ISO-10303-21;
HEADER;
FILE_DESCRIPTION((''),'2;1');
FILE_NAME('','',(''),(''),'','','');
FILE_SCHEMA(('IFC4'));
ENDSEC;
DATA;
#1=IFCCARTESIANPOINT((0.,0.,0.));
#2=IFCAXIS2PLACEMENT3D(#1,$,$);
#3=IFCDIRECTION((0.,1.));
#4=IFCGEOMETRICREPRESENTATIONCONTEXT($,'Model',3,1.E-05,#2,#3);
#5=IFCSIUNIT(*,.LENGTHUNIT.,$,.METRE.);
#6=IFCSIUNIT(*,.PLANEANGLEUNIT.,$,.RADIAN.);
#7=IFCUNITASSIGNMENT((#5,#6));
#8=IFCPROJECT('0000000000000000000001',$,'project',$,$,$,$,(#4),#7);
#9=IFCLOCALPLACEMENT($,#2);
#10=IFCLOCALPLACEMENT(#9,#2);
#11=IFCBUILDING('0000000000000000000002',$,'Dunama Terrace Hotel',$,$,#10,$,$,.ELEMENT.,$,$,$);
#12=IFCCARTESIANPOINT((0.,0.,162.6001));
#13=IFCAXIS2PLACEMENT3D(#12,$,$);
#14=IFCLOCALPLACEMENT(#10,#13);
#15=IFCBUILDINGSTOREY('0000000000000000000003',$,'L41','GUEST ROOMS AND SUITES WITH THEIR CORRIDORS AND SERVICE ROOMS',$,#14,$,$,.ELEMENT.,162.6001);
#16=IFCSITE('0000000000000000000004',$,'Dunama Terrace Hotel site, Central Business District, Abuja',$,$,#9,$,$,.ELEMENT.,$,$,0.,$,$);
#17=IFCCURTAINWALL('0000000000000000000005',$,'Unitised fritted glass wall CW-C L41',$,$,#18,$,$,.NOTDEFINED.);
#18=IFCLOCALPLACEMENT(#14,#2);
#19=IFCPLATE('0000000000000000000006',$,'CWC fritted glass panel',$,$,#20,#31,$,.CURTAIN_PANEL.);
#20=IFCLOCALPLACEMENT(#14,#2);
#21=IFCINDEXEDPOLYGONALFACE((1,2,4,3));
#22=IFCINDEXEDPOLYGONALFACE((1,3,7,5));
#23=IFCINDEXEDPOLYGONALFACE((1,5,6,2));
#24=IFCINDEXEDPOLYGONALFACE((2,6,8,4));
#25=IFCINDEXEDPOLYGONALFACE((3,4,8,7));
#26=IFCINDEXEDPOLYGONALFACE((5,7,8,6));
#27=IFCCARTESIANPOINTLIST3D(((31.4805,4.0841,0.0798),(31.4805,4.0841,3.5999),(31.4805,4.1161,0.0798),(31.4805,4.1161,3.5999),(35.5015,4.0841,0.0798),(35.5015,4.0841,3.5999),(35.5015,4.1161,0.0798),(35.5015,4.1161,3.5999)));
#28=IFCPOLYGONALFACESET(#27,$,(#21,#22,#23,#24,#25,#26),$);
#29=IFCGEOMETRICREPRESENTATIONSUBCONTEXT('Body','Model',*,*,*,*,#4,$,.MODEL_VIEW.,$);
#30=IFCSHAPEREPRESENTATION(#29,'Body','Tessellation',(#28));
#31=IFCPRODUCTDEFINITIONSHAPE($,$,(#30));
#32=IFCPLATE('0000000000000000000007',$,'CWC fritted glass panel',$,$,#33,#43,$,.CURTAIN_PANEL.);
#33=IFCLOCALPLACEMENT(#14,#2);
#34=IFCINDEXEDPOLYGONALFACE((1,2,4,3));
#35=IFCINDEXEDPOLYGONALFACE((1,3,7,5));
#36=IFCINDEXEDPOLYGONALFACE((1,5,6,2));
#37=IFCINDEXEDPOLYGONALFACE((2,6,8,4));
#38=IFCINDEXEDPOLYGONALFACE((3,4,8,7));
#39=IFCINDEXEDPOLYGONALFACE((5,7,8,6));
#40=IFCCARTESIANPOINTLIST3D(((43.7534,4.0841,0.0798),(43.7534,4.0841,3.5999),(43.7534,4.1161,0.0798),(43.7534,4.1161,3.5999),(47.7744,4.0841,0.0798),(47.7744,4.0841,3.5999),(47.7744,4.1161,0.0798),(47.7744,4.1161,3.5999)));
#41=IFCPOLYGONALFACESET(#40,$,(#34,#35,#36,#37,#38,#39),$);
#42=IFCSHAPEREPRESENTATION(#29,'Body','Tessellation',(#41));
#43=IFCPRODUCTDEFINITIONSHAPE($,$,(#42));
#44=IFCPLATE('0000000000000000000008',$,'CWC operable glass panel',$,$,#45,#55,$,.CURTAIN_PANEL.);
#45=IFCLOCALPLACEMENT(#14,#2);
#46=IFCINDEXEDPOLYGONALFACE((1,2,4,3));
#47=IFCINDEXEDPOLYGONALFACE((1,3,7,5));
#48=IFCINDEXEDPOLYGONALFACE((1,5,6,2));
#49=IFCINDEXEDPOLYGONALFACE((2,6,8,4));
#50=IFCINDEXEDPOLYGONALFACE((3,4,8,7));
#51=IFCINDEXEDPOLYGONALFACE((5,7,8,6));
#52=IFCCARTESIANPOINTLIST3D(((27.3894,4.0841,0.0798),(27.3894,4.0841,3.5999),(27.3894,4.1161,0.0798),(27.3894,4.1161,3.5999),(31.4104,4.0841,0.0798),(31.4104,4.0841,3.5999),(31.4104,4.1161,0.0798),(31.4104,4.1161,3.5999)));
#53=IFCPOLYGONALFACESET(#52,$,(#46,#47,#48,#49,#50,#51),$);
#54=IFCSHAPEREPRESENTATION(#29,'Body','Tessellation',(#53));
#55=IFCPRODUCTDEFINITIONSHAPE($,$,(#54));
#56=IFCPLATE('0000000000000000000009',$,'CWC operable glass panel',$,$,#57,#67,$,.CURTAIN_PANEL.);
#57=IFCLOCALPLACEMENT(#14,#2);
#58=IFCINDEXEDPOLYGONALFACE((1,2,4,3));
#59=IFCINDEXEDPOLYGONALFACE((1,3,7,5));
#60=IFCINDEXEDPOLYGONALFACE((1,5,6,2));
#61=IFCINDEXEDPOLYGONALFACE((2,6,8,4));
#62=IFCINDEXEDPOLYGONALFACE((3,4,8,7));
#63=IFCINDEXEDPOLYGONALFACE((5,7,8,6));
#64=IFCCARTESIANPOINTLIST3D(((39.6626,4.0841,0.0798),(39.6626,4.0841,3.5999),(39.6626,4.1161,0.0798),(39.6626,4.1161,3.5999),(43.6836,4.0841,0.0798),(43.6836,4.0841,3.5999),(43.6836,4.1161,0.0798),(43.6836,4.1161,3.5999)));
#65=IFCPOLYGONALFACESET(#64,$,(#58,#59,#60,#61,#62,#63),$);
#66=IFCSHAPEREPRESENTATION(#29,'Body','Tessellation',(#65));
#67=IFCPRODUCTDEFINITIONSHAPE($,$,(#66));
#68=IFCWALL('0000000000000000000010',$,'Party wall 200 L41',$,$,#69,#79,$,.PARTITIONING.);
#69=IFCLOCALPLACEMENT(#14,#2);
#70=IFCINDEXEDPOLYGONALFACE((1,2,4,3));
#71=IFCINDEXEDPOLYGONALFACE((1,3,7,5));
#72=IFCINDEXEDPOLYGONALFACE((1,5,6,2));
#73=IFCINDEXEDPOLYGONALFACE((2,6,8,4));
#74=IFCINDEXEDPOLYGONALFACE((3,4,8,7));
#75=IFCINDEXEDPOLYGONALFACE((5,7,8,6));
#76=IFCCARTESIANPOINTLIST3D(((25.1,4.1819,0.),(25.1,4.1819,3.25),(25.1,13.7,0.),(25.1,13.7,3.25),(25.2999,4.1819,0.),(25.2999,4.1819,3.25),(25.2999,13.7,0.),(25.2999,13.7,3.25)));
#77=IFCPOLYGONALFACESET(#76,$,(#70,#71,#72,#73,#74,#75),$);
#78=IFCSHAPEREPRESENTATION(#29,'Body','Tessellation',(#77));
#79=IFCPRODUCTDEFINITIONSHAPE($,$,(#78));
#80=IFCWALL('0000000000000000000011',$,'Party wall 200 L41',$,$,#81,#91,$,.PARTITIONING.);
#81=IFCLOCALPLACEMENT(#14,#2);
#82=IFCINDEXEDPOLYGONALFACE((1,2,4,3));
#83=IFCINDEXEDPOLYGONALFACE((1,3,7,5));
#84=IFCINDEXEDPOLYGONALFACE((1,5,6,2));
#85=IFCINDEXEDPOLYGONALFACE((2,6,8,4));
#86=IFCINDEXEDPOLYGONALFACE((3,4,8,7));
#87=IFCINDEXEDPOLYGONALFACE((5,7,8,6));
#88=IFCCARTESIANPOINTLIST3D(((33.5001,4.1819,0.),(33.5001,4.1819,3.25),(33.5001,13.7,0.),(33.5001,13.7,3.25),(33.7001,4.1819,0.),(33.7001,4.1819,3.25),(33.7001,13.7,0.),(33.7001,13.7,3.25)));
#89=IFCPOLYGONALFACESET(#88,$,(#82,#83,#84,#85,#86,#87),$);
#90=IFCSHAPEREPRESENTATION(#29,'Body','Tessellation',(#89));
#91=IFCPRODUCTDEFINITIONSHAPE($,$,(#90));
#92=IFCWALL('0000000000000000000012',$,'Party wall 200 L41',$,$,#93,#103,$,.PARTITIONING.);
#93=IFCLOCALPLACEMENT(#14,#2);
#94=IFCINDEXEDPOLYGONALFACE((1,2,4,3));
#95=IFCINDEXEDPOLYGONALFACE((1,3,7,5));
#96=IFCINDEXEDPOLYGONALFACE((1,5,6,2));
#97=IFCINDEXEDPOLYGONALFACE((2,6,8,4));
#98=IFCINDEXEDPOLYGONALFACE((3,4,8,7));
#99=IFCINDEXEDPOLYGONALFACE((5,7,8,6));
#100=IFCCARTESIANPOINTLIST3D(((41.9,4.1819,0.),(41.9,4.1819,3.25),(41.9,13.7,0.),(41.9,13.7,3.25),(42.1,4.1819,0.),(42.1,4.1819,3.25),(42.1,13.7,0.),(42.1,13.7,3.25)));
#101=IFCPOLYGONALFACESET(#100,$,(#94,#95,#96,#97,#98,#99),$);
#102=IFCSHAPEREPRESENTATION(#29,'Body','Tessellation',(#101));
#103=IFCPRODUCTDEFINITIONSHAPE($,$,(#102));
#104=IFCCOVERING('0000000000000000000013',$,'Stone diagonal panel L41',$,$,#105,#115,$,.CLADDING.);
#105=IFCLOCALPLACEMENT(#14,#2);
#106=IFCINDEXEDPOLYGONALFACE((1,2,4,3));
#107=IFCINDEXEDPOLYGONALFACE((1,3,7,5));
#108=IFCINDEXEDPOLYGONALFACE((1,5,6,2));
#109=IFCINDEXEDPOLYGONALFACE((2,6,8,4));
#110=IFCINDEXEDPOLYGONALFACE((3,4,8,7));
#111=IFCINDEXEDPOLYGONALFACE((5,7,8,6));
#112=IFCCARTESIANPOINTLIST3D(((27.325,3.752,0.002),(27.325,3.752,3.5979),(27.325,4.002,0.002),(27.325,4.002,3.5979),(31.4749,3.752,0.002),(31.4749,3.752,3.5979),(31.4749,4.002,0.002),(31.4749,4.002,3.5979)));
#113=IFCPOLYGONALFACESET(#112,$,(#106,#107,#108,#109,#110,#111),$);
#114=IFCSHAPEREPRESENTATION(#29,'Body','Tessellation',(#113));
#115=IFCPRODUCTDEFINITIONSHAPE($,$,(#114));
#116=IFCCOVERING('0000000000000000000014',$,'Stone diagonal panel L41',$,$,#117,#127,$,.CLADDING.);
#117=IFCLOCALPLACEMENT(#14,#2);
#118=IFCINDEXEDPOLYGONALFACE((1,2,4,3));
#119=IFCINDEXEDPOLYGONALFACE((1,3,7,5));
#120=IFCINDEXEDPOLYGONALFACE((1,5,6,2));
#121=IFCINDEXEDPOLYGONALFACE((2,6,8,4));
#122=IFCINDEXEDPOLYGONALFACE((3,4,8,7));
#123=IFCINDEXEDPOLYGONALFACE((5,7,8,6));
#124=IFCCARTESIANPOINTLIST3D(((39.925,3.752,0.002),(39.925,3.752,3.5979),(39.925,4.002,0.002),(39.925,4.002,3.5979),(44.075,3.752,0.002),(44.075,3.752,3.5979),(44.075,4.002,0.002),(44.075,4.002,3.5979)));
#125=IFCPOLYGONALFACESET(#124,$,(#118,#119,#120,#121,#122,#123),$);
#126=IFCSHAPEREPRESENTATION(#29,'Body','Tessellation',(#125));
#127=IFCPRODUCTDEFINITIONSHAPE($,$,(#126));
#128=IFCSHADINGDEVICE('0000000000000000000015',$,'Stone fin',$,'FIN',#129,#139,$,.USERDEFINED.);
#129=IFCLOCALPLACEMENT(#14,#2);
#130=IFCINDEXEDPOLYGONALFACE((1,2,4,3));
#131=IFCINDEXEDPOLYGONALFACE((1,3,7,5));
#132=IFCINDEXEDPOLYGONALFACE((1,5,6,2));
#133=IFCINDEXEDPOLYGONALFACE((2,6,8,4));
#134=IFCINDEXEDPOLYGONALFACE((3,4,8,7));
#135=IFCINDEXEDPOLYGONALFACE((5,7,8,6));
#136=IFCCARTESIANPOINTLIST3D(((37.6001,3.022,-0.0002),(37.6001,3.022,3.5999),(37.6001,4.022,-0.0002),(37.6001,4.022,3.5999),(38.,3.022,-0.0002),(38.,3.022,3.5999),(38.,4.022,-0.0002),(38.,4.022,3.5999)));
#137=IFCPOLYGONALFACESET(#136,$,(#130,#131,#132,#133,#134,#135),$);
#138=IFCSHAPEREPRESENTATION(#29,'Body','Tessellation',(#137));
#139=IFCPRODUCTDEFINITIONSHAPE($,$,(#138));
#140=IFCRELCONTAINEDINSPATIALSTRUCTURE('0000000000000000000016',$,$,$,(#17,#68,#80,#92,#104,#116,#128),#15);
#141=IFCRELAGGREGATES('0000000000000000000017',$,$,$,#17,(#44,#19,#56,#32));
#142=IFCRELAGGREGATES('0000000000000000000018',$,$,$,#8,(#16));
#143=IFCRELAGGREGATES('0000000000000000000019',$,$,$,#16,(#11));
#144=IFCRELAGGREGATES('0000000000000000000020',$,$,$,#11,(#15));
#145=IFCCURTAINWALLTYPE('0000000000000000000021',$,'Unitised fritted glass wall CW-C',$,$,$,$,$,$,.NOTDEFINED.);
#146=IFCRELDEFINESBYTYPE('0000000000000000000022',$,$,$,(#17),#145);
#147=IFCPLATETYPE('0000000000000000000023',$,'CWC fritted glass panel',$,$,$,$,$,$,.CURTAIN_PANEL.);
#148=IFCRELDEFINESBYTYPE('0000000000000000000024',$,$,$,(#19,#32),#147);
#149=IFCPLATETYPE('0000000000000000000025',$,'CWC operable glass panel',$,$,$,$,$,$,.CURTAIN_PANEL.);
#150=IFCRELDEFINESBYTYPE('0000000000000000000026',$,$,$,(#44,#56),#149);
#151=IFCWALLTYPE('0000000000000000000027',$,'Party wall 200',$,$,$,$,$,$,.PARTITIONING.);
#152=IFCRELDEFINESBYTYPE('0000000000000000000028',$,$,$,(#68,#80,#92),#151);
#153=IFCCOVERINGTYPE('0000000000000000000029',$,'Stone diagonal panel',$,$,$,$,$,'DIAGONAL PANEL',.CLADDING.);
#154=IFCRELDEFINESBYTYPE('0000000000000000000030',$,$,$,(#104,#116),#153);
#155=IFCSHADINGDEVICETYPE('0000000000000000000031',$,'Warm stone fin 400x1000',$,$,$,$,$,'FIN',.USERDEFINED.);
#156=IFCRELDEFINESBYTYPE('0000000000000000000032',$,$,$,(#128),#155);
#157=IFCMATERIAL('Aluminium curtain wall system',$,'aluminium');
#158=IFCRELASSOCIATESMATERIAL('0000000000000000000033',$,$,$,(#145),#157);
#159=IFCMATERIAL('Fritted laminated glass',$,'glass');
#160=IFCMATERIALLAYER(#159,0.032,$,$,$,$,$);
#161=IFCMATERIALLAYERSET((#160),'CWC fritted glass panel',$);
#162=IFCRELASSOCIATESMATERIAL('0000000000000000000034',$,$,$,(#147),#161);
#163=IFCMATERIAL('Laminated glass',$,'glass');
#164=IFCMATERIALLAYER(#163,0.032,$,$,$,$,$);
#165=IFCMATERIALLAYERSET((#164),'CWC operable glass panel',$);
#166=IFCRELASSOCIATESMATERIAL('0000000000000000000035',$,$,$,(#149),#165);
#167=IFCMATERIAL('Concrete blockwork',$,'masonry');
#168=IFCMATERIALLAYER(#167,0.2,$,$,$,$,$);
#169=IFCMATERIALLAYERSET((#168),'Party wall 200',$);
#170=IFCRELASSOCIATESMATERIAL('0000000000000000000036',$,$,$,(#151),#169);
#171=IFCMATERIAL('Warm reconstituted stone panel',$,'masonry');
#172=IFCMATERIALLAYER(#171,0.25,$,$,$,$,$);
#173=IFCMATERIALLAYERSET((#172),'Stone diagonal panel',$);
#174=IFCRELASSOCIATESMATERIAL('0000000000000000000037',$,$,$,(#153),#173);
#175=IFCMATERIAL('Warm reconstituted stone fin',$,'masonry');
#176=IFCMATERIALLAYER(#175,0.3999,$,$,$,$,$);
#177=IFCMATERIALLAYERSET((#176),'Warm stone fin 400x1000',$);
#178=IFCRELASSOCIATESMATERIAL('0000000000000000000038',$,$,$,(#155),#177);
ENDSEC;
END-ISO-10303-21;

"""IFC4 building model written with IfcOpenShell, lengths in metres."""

from ifc_helpers import new_model, si_unit, direction, frame, frame_2d, origin, origin_2d, place, context, subcontext, project, spatial, rectangle, extrude, material, layer, layer_set, type_object, element, aggregate, save


model = new_model("IFC4")

# Units and contexts
model_context = context("Model", 3, precision=1e-05, world=origin(), true_north=direction((0.0, 1.0)))
body_context = subcontext(model_context, "Body", "Model", "MODEL_VIEW")
ifc_project = project(units=[si_unit("LENGTHUNIT", "METRE"), si_unit("PLANEANGLEUNIT", "RADIAN")], contexts=[model_context])

# Site, building, storey
site_placement = place(None, origin())
site = spatial("IfcSite", under=ifc_project, at=site_placement, Name="Dunama Terrace Hotel site, Central Business District, Abuja", CompositionType="ELEMENT", RefElevation=0.0)
building_placement = place(site_placement, origin())
building = spatial("IfcBuilding", under=site, at=building_placement, Name="Dunama Terrace Hotel", CompositionType="ELEMENT")
storey_placement = place(building_placement, frame((0.0, 0.0, 162.6001)))
storey = spatial("IfcBuildingStorey", under=building, at=storey_placement, Name="L41", Description="GUEST ROOMS AND SUITES WITH THEIR CORRIDORS AND SERVICE ROOMS", CompositionType="ELEMENT", Elevation=162.6001)

# Curtain wall
ifc_material_1 = material(Name="Aluminium curtain wall system", Category="aluminium")
curtain_wall_type = type_object("IfcCurtainWallType", Name="Unitised fritted glass wall CW-C", PredefinedType="NOTDEFINED", material=ifc_material_1)
curtain_wall_placement = place(storey_placement, origin())
curtain_wall = element("IfcCurtainWall", 1, at=curtain_wall_placement, inside=storey, type_object=curtain_wall_type, Name="Unitised fritted glass wall CW-C L41", PredefinedType="NOTDEFINED")

# Plates
ifc_material_2 = material(Name="Fritted laminated glass", Category="glass")
ifc_layer_1 = layer(ifc_material_2, 0.032)
ifc_layer_set_1 = layer_set([ifc_layer_1], Name="CWC fritted glass panel")
plate_type_1 = type_object("IfcPlateType", Name="CWC fritted glass panel", PredefinedType="CURTAIN_PANEL", material=ifc_layer_set_1)
plate_1_placement = place(storey_placement, frame((33.491, 4.1001, 0.0798), z_axis=(0.0, 0.0, 1.0), x_axis=(1.0, 0.0, 0.0)))
plate_1 = element("IfcPlate", 2, at=plate_1_placement, type_object=plate_type_1, Name="CWC fritted glass panel", PredefinedType="CURTAIN_PANEL", context=body_context, shape_type="SweptSolid", body=[
    extrude(rectangle(XDim=4.021, YDim=0.032, at=origin_2d()), origin(), (0.0, 0.0, 1.0), 3.52),
])
plate_2_placement = place(storey_placement, frame((45.7639, 4.1001, 0.0798), z_axis=(0.0, 0.0, 1.0), x_axis=(1.0, 0.0, 0.0)))
plate_2 = element("IfcPlate", 3, at=plate_2_placement, type_object=plate_type_1, Name="CWC fritted glass panel", PredefinedType="CURTAIN_PANEL", context=body_context, shape_type="SweptSolid", body=[
    extrude(rectangle(XDim=4.021, YDim=0.032, at=origin_2d()), origin(), (0.0, 0.0, 1.0), 3.52),
])
ifc_material_3 = material(Name="Laminated glass", Category="glass")
ifc_layer_2 = layer(ifc_material_3, 0.032)
ifc_layer_set_2 = layer_set([ifc_layer_2], Name="CWC operable glass panel")
plate_type_2 = type_object("IfcPlateType", Name="CWC operable glass panel", PredefinedType="CURTAIN_PANEL", material=ifc_layer_set_2)
plate_3_placement = place(storey_placement, frame((29.3999, 4.1001, 0.0798), z_axis=(0.0, 0.0, 1.0), x_axis=(1.0, 0.0, 0.0)))
plate_3 = element("IfcPlate", 4, at=plate_3_placement, type_object=plate_type_2, Name="CWC operable glass panel", PredefinedType="CURTAIN_PANEL", context=body_context, shape_type="SweptSolid", body=[
    extrude(rectangle(XDim=4.021, YDim=0.032, at=origin_2d()), origin(), (0.0, 0.0, 1.0), 3.52),
])
plate_4_placement = place(storey_placement, frame((41.6731, 4.1001, 0.0798), z_axis=(0.0, 0.0, 1.0), x_axis=(1.0, 0.0, 0.0)))
plate_4 = element("IfcPlate", 5, at=plate_4_placement, type_object=plate_type_2, Name="CWC operable glass panel", PredefinedType="CURTAIN_PANEL", context=body_context, shape_type="SweptSolid", body=[
    extrude(rectangle(XDim=4.021, YDim=0.032, at=origin_2d()), origin(), (0.0, 0.0, 1.0), 3.52),
])
aggregate(curtain_wall, [plate_3, plate_1, plate_4, plate_2])

# Walls
ifc_material_4 = material(Name="Concrete blockwork", Category="masonry")
ifc_layer_3 = layer(ifc_material_4, 0.2)
ifc_layer_set_3 = layer_set([ifc_layer_3], Name="Party wall 200")
wall_type = type_object("IfcWallType", Name="Party wall 200", PredefinedType="PARTITIONING", material=ifc_layer_set_3)
for number, where, z_axis, x_axis, name in (
    (6, (25.2, 4.1819, 0.0), (0.0, 0.0, 1.0), (0.0, 1.0, 0.0), "Party wall 200 L41"),
    (7, (33.6001, 4.1819, 0.0), (0.0, 0.0, 1.0), (0.0, 1.0, 0.0), "Party wall 200 L41"),
    (8, (42.0, 4.1819, 0.0), (0.0, 0.0, 1.0), (0.0, 1.0, 0.0), "Party wall 200 L41"),
):
    element("IfcWall", number, at=place(storey_placement, frame(where, z_axis=z_axis, x_axis=x_axis)), inside=storey, type_object=wall_type, Name=name, PredefinedType="PARTITIONING", context=body_context, shape_type="SweptSolid", body=[
        extrude(rectangle(XDim=9.5181, YDim=0.2, at=frame_2d((4.759, 0.0))), origin(), (0.0, 0.0, 1.0), 3.25),
    ])

# Coverings
ifc_material_5 = material(Name="Warm reconstituted stone panel", Category="masonry")
ifc_layer_4 = layer(ifc_material_5, 0.25)
ifc_layer_set_4 = layer_set([ifc_layer_4], Name="Stone diagonal panel")
covering_type = type_object("IfcCoveringType", Name="Stone diagonal panel", ElementType="DIAGONAL PANEL", PredefinedType="CLADDING", material=ifc_layer_set_4)
for number, where, z_axis, x_axis, name in (
    (9, (29.3999, 3.877, 0.002), (0.0, 0.0, 1.0), (1.0, 0.0, 0.0), "Stone diagonal panel L41"),
    (10, (42.0, 3.877, 0.002), (0.0, 0.0, 1.0), (1.0, 0.0, 0.0), "Stone diagonal panel L41"),
):
    element("IfcCovering", number, at=place(storey_placement, frame(where, z_axis=z_axis, x_axis=x_axis)), inside=storey, type_object=covering_type, Name=name, PredefinedType="CLADDING", context=body_context, shape_type="SweptSolid", body=[
        extrude(rectangle(XDim=4.1499, YDim=0.25, at=origin_2d()), origin(), (0.0, 0.0, 1.0), 3.5959),
    ])

# Shading device
ifc_material_6 = material(Name="Warm reconstituted stone fin", Category="masonry")
ifc_layer_5 = layer(ifc_material_6, 0.3999)
ifc_layer_set_5 = layer_set([ifc_layer_5], Name="Warm stone fin 400x1000")
shading_device_type = type_object("IfcShadingDeviceType", Name="Warm stone fin 400x1000", ElementType="FIN", PredefinedType="USERDEFINED", material=ifc_layer_set_5)
shading_device_placement = place(storey_placement, frame((37.8, 3.522, -0.0002), z_axis=(0.0, 0.0, 1.0), x_axis=(1.0, 0.0, 0.0)))
element("IfcShadingDevice", 11, at=shading_device_placement, inside=storey, type_object=shading_device_type, Name="Stone fin", ObjectType="FIN", PredefinedType="USERDEFINED", context=body_context, shape_type="SweptSolid", body=[
    extrude(rectangle(XDim=0.3999, YDim=1.0, at=origin_2d()), origin(), (0.0, 0.0, 1.0), 3.6001),
])

save(model, "model.ifc")
